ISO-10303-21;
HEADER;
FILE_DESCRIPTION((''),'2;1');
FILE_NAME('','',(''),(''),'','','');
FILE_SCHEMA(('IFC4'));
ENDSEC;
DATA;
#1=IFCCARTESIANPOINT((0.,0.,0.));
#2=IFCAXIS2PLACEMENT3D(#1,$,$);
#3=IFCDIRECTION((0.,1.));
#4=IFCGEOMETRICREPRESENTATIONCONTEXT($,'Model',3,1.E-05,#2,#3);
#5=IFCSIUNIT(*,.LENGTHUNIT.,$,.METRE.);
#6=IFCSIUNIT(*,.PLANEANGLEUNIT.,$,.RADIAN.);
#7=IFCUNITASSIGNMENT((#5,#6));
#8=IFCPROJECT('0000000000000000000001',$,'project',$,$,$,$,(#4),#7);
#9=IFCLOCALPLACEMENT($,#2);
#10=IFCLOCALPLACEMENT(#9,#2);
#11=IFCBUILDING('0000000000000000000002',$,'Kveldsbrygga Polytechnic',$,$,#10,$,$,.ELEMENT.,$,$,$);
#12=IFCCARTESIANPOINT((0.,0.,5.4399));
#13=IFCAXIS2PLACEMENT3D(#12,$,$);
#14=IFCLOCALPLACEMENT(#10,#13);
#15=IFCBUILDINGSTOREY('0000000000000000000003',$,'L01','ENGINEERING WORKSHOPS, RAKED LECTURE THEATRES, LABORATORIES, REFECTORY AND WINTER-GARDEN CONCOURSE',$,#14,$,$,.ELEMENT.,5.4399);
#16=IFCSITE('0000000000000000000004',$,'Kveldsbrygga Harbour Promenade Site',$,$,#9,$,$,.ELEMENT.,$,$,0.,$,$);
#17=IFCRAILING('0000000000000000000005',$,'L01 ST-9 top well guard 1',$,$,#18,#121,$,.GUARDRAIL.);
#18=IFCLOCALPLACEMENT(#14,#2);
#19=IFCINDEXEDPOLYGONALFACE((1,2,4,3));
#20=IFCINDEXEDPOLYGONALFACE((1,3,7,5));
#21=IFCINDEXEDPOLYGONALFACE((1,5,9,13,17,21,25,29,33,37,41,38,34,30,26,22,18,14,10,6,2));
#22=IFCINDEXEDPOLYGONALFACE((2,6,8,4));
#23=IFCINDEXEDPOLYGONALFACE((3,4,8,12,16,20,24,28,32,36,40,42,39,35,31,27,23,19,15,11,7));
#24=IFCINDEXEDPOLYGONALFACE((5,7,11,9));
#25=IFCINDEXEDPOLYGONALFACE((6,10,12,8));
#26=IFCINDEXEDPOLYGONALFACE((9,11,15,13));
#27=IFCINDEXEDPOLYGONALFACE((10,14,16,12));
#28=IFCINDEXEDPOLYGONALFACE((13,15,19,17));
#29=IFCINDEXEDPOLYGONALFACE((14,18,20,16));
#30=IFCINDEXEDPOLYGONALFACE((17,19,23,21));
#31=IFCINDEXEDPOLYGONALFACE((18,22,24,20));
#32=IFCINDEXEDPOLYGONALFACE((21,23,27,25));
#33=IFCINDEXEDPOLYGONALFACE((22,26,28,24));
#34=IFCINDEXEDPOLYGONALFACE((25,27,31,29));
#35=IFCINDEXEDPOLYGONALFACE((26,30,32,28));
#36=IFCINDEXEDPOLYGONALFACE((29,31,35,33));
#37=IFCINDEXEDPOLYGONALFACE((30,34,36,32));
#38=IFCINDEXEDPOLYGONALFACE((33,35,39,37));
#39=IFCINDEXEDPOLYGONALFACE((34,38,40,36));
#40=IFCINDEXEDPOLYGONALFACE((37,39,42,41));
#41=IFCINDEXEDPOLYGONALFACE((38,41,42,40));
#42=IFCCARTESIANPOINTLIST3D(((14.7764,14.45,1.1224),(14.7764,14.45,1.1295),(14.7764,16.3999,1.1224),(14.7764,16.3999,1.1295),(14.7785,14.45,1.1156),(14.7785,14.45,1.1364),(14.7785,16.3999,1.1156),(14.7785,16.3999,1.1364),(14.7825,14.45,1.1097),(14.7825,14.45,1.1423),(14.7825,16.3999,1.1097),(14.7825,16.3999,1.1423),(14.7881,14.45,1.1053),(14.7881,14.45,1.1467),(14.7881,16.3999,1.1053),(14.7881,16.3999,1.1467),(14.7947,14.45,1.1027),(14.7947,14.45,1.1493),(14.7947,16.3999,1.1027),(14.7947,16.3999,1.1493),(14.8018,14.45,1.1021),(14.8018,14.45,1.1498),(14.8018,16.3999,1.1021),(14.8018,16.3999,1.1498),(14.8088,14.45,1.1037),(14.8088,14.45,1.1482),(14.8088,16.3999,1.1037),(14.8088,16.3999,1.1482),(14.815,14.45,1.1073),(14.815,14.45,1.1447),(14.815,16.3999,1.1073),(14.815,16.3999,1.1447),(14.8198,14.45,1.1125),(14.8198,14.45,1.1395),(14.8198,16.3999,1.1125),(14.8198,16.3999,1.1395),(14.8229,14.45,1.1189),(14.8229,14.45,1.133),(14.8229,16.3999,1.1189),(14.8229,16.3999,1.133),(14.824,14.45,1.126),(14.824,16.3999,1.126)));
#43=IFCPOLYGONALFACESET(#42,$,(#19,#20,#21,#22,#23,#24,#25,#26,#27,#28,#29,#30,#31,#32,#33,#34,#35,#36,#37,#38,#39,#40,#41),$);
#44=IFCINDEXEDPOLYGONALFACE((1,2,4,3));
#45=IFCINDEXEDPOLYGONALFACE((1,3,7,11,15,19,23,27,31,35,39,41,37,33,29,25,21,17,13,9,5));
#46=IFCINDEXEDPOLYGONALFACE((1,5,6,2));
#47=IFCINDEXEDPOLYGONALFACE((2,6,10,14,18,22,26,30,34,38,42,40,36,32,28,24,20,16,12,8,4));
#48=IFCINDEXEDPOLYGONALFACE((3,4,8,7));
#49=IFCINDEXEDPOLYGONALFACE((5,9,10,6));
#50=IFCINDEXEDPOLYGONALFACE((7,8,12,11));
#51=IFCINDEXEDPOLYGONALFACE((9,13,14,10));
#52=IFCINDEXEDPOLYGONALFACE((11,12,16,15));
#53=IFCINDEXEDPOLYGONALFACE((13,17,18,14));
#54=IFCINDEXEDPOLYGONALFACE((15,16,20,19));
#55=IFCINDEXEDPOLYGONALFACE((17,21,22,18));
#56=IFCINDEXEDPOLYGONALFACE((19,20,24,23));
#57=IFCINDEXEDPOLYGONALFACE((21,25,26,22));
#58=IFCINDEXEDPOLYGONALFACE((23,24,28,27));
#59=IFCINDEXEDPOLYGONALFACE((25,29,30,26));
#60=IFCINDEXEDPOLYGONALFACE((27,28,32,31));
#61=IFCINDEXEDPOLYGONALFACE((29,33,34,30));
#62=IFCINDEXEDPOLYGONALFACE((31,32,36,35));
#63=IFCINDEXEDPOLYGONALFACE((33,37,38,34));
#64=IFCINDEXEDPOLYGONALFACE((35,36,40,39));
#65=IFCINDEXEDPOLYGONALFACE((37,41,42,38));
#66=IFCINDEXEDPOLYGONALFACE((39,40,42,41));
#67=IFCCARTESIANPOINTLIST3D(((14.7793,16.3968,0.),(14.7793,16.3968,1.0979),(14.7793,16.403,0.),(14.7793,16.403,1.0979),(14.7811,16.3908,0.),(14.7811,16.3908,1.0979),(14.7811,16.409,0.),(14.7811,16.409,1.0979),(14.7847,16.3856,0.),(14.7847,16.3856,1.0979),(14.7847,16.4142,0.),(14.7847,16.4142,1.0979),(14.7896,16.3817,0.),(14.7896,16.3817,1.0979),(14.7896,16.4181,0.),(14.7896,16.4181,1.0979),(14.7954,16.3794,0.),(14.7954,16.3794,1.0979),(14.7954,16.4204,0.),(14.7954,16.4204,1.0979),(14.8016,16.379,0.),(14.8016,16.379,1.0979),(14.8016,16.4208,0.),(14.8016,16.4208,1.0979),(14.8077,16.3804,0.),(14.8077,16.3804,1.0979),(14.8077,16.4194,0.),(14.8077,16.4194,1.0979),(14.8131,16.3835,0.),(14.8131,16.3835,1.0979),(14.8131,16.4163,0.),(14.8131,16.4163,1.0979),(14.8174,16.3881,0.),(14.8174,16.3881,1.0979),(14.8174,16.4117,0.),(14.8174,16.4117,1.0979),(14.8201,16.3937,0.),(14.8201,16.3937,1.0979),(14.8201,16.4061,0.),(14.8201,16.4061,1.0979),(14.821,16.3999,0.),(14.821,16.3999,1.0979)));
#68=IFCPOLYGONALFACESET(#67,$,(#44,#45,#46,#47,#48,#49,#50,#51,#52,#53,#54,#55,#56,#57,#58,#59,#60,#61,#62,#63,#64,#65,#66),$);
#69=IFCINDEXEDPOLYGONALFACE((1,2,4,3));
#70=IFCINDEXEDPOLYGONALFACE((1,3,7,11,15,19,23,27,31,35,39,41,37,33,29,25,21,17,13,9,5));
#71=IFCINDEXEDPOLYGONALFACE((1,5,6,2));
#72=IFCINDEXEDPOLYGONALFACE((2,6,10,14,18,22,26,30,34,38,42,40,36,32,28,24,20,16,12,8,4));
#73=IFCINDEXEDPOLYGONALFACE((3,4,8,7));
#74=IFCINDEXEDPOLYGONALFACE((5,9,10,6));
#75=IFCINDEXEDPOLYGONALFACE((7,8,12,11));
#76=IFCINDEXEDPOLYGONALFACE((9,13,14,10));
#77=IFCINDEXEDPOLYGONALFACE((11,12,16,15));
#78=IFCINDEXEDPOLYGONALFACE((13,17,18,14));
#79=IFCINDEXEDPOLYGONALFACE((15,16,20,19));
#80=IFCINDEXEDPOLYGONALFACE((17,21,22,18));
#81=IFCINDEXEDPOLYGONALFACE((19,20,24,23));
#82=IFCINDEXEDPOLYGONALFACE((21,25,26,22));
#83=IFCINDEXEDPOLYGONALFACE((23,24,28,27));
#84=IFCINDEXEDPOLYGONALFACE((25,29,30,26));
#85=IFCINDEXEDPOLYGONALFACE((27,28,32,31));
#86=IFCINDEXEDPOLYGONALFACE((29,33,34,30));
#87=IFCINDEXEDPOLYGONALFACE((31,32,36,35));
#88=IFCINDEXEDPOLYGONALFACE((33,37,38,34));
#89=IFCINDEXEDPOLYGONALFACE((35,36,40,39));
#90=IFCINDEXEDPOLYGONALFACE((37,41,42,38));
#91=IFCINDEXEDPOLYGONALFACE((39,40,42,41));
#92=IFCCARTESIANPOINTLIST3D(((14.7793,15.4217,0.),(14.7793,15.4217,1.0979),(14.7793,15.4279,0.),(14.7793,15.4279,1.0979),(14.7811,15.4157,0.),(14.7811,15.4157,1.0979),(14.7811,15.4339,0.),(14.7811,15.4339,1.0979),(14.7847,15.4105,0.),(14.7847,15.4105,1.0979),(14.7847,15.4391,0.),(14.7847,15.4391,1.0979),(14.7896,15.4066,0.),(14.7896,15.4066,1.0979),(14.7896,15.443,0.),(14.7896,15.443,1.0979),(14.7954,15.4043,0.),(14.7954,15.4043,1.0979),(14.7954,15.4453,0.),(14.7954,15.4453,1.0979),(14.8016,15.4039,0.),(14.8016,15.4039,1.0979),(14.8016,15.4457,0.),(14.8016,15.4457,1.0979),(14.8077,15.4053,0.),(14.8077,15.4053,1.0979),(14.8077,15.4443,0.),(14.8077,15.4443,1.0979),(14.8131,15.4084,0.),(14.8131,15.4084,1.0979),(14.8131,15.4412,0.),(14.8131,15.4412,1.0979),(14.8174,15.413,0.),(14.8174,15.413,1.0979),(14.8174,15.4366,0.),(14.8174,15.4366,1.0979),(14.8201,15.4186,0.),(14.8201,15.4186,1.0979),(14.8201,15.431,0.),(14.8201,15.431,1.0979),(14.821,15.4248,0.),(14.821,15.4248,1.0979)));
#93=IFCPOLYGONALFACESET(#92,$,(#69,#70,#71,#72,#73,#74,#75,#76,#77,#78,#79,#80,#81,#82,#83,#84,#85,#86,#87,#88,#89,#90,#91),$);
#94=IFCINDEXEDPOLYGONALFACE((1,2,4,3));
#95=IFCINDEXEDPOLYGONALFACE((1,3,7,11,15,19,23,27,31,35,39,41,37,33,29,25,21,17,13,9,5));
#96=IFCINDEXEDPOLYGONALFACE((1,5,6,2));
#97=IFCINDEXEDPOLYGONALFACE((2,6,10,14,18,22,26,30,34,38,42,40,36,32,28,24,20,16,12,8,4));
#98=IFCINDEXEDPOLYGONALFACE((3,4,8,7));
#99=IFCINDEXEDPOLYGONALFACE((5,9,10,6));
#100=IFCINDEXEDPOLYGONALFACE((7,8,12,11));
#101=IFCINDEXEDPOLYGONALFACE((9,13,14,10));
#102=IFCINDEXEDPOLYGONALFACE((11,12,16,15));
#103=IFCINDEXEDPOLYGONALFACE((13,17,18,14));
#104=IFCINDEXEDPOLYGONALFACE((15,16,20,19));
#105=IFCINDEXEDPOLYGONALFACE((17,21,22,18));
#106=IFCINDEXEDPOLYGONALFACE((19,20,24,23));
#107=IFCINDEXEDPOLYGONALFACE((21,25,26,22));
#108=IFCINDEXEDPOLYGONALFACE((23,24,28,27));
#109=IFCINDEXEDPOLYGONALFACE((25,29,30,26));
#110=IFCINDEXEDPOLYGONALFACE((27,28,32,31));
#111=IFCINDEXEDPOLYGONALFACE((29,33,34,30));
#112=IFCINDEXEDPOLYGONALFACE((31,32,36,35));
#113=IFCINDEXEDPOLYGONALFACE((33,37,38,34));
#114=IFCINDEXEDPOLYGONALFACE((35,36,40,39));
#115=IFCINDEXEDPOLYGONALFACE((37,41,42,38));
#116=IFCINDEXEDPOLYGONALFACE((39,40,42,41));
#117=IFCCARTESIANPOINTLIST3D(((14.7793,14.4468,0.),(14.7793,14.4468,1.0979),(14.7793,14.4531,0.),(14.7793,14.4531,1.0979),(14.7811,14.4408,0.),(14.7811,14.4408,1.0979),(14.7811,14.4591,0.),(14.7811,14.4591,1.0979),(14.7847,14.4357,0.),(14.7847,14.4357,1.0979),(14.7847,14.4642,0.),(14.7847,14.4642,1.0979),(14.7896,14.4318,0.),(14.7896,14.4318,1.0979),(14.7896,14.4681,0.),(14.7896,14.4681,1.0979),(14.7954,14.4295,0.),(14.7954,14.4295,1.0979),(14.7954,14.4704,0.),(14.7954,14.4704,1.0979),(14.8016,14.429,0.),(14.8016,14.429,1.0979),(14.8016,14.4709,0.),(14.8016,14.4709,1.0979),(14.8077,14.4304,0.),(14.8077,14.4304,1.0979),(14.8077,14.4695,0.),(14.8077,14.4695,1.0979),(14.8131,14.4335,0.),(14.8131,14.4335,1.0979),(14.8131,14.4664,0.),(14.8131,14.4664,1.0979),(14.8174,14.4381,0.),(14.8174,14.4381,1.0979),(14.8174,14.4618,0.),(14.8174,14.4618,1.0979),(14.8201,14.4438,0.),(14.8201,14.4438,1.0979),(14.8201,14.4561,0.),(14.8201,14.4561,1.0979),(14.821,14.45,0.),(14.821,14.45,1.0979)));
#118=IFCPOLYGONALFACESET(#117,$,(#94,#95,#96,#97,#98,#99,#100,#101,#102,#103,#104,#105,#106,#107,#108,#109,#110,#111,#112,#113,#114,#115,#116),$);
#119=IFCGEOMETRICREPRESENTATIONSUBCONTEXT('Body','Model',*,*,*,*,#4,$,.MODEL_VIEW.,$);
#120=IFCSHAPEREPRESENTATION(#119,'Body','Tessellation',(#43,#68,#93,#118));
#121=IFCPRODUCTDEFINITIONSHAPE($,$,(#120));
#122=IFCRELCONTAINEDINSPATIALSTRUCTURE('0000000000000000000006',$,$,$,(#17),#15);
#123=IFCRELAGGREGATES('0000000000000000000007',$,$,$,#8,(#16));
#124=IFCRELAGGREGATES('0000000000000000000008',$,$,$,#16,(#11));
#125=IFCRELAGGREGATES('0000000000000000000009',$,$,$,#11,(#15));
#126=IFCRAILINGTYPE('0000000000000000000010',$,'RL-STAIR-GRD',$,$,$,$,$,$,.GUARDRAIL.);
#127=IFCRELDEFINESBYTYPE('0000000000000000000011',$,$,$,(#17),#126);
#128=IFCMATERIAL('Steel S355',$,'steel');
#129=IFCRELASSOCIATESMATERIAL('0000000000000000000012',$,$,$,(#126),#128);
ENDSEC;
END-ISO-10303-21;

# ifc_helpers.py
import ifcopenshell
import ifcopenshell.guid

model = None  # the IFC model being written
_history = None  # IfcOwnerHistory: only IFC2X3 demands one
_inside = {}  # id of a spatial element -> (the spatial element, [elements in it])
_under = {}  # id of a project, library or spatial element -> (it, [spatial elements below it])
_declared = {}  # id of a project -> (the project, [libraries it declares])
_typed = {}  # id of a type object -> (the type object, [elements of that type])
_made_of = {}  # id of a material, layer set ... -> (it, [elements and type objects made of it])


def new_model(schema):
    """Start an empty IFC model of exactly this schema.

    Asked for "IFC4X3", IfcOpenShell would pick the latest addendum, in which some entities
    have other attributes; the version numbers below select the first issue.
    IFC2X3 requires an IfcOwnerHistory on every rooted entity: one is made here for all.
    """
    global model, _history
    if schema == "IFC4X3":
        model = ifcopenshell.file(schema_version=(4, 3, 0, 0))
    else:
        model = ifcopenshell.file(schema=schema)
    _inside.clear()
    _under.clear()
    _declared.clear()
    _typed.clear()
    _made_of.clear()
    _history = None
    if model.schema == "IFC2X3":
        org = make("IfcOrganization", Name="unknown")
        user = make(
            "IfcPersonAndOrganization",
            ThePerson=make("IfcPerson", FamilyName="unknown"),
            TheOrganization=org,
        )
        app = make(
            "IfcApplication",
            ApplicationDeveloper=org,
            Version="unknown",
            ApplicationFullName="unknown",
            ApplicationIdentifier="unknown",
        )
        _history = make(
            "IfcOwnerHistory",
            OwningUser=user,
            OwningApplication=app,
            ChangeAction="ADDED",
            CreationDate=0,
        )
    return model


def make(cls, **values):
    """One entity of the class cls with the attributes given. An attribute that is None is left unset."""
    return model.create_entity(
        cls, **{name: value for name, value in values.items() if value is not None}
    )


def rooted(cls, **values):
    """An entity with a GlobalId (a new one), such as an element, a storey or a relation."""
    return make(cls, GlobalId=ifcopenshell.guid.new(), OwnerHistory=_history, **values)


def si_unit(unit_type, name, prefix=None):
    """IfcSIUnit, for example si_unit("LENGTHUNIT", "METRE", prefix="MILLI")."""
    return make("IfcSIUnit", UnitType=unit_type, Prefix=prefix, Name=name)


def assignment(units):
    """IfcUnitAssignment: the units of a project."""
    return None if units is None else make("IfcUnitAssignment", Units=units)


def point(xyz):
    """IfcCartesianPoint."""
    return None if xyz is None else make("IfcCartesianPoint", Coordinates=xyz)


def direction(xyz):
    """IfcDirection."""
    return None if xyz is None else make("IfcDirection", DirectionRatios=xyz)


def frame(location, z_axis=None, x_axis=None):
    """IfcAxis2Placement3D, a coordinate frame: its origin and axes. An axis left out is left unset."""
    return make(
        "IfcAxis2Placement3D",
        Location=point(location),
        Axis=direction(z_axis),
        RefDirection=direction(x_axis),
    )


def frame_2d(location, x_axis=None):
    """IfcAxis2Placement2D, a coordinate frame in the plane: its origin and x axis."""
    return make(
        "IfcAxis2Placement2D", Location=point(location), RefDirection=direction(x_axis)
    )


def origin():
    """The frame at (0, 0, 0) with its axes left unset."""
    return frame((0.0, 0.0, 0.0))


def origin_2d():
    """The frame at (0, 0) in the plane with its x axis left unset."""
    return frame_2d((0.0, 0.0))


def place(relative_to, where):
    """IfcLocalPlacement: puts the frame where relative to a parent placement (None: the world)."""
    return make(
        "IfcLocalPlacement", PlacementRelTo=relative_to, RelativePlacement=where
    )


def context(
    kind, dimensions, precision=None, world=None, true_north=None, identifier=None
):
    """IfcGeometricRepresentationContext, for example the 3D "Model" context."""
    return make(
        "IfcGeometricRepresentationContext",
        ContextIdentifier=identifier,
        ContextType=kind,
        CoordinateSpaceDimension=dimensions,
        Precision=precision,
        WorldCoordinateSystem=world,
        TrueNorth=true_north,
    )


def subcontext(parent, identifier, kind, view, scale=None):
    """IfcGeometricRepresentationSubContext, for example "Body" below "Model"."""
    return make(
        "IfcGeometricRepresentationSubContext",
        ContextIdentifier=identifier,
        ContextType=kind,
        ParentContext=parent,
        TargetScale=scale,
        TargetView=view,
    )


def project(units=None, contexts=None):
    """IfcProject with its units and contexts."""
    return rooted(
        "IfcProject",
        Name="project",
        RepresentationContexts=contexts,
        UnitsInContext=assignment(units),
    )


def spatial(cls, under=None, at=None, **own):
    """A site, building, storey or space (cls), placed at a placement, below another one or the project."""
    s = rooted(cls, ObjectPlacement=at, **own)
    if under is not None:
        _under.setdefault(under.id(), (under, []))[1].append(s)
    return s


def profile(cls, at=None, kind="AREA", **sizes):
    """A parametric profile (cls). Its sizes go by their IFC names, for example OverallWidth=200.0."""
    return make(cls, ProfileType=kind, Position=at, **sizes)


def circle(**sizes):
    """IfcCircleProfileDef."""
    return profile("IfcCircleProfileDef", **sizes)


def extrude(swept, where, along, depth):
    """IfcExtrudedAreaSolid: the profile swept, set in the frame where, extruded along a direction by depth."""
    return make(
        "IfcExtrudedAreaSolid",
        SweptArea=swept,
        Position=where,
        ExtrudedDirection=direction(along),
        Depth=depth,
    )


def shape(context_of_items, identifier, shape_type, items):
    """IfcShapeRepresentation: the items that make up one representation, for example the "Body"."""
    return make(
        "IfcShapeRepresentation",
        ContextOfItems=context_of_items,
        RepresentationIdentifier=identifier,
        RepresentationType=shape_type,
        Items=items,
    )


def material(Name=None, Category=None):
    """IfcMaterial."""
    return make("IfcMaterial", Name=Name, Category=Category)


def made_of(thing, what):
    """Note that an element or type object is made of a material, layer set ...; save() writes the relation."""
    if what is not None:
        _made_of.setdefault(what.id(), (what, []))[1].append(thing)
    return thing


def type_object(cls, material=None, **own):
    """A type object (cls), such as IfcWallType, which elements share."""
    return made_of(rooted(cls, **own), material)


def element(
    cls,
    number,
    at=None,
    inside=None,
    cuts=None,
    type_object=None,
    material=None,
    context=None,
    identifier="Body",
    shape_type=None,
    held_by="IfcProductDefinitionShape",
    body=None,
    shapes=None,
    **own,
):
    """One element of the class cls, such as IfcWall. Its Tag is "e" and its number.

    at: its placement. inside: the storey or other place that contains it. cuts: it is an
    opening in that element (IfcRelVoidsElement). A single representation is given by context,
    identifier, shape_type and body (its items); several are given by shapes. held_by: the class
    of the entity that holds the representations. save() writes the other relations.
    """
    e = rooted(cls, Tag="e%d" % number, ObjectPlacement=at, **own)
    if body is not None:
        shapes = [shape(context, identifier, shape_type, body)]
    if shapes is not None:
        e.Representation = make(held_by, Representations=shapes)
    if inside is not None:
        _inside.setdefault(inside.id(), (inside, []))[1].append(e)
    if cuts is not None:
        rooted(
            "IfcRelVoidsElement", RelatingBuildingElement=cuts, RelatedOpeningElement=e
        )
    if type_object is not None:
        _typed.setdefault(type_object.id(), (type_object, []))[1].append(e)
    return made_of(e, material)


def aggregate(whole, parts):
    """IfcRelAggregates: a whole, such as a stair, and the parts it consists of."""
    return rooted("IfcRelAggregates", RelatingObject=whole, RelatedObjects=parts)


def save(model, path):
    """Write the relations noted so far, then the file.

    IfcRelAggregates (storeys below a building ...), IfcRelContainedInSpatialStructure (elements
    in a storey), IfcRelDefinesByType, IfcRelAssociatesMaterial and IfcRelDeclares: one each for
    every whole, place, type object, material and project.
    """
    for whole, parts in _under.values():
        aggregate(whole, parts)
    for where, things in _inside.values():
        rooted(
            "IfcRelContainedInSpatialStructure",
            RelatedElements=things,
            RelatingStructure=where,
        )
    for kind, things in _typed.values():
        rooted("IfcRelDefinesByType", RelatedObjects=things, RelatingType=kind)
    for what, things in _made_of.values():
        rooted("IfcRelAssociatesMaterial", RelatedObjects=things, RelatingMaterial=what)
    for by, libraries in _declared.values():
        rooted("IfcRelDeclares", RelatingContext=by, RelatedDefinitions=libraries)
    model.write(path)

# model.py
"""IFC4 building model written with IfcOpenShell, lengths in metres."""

from ifc_helpers import new_model, si_unit, direction, frame, origin, origin_2d, place, context, subcontext, project, spatial, circle, extrude, material, type_object, element, save


model = new_model("IFC4")

# Units and contexts
model_context = context("Model", 3, precision=1e-05, world=origin(), true_north=direction((0.0, 1.0)))
body_context = subcontext(model_context, "Body", "Model", "MODEL_VIEW")
ifc_project = project(units=[si_unit("LENGTHUNIT", "METRE"), si_unit("PLANEANGLEUNIT", "RADIAN")], contexts=[model_context])

# Site, building, storey
site_placement = place(None, origin())
site = spatial("IfcSite", under=ifc_project, at=site_placement, Name="Kveldsbrygga Harbour Promenade Site", CompositionType="ELEMENT", RefElevation=0.0)
building_placement = place(site_placement, origin())
building = spatial("IfcBuilding", under=site, at=building_placement, Name="Kveldsbrygga Polytechnic", CompositionType="ELEMENT")
storey_placement = place(building_placement, frame((0.0, 0.0, 5.4399)))
storey = spatial("IfcBuildingStorey", under=building, at=storey_placement, Name="L01", Description="ENGINEERING WORKSHOPS, RAKED LECTURE THEATRES, LABORATORIES, REFECTORY AND WINTER-GARDEN CONCOURSE", CompositionType="ELEMENT", Elevation=5.4399)

# Shared definitions
ifc_material_1 = material(Name="Steel S355", Category="steel")

# Railing
railing_type = type_object("IfcRailingType", Name="RL-STAIR-GRD", PredefinedType="GUARDRAIL", material=ifc_material_1)
railing_placement = place(storey_placement, frame((14.8, 16.3999, 0.0)))
element("IfcRailing", 1, at=railing_placement, inside=storey, type_object=railing_type, Name="L01 ST-9 top well guard 1", PredefinedType="GUARDRAIL", context=body_context, shape_type="SweptSolid", body=[
    extrude(circle(Radius=0.0239, at=origin_2d()), frame((0.0, 0.0, 1.126), z_axis=(0.0, -1.0, 0.0), x_axis=(1.0, 0.0, 0.0)), (0.0, 0.0, 1.0), 1.95),
    extrude(circle(Radius=0.021, at=origin_2d()), origin(), (0.0, 0.0, 1.0), 1.0979),
    extrude(circle(Radius=0.021, at=origin_2d()), frame((0.0, -0.9751, 0.0)), (0.0, 0.0, 1.0), 1.0979),
    extrude(circle(Radius=0.021, at=origin_2d()), frame((0.0, -1.95, 0.0)), (0.0, 0.0, 1.0), 1.0979),
])

save(model, "model.ifc")
